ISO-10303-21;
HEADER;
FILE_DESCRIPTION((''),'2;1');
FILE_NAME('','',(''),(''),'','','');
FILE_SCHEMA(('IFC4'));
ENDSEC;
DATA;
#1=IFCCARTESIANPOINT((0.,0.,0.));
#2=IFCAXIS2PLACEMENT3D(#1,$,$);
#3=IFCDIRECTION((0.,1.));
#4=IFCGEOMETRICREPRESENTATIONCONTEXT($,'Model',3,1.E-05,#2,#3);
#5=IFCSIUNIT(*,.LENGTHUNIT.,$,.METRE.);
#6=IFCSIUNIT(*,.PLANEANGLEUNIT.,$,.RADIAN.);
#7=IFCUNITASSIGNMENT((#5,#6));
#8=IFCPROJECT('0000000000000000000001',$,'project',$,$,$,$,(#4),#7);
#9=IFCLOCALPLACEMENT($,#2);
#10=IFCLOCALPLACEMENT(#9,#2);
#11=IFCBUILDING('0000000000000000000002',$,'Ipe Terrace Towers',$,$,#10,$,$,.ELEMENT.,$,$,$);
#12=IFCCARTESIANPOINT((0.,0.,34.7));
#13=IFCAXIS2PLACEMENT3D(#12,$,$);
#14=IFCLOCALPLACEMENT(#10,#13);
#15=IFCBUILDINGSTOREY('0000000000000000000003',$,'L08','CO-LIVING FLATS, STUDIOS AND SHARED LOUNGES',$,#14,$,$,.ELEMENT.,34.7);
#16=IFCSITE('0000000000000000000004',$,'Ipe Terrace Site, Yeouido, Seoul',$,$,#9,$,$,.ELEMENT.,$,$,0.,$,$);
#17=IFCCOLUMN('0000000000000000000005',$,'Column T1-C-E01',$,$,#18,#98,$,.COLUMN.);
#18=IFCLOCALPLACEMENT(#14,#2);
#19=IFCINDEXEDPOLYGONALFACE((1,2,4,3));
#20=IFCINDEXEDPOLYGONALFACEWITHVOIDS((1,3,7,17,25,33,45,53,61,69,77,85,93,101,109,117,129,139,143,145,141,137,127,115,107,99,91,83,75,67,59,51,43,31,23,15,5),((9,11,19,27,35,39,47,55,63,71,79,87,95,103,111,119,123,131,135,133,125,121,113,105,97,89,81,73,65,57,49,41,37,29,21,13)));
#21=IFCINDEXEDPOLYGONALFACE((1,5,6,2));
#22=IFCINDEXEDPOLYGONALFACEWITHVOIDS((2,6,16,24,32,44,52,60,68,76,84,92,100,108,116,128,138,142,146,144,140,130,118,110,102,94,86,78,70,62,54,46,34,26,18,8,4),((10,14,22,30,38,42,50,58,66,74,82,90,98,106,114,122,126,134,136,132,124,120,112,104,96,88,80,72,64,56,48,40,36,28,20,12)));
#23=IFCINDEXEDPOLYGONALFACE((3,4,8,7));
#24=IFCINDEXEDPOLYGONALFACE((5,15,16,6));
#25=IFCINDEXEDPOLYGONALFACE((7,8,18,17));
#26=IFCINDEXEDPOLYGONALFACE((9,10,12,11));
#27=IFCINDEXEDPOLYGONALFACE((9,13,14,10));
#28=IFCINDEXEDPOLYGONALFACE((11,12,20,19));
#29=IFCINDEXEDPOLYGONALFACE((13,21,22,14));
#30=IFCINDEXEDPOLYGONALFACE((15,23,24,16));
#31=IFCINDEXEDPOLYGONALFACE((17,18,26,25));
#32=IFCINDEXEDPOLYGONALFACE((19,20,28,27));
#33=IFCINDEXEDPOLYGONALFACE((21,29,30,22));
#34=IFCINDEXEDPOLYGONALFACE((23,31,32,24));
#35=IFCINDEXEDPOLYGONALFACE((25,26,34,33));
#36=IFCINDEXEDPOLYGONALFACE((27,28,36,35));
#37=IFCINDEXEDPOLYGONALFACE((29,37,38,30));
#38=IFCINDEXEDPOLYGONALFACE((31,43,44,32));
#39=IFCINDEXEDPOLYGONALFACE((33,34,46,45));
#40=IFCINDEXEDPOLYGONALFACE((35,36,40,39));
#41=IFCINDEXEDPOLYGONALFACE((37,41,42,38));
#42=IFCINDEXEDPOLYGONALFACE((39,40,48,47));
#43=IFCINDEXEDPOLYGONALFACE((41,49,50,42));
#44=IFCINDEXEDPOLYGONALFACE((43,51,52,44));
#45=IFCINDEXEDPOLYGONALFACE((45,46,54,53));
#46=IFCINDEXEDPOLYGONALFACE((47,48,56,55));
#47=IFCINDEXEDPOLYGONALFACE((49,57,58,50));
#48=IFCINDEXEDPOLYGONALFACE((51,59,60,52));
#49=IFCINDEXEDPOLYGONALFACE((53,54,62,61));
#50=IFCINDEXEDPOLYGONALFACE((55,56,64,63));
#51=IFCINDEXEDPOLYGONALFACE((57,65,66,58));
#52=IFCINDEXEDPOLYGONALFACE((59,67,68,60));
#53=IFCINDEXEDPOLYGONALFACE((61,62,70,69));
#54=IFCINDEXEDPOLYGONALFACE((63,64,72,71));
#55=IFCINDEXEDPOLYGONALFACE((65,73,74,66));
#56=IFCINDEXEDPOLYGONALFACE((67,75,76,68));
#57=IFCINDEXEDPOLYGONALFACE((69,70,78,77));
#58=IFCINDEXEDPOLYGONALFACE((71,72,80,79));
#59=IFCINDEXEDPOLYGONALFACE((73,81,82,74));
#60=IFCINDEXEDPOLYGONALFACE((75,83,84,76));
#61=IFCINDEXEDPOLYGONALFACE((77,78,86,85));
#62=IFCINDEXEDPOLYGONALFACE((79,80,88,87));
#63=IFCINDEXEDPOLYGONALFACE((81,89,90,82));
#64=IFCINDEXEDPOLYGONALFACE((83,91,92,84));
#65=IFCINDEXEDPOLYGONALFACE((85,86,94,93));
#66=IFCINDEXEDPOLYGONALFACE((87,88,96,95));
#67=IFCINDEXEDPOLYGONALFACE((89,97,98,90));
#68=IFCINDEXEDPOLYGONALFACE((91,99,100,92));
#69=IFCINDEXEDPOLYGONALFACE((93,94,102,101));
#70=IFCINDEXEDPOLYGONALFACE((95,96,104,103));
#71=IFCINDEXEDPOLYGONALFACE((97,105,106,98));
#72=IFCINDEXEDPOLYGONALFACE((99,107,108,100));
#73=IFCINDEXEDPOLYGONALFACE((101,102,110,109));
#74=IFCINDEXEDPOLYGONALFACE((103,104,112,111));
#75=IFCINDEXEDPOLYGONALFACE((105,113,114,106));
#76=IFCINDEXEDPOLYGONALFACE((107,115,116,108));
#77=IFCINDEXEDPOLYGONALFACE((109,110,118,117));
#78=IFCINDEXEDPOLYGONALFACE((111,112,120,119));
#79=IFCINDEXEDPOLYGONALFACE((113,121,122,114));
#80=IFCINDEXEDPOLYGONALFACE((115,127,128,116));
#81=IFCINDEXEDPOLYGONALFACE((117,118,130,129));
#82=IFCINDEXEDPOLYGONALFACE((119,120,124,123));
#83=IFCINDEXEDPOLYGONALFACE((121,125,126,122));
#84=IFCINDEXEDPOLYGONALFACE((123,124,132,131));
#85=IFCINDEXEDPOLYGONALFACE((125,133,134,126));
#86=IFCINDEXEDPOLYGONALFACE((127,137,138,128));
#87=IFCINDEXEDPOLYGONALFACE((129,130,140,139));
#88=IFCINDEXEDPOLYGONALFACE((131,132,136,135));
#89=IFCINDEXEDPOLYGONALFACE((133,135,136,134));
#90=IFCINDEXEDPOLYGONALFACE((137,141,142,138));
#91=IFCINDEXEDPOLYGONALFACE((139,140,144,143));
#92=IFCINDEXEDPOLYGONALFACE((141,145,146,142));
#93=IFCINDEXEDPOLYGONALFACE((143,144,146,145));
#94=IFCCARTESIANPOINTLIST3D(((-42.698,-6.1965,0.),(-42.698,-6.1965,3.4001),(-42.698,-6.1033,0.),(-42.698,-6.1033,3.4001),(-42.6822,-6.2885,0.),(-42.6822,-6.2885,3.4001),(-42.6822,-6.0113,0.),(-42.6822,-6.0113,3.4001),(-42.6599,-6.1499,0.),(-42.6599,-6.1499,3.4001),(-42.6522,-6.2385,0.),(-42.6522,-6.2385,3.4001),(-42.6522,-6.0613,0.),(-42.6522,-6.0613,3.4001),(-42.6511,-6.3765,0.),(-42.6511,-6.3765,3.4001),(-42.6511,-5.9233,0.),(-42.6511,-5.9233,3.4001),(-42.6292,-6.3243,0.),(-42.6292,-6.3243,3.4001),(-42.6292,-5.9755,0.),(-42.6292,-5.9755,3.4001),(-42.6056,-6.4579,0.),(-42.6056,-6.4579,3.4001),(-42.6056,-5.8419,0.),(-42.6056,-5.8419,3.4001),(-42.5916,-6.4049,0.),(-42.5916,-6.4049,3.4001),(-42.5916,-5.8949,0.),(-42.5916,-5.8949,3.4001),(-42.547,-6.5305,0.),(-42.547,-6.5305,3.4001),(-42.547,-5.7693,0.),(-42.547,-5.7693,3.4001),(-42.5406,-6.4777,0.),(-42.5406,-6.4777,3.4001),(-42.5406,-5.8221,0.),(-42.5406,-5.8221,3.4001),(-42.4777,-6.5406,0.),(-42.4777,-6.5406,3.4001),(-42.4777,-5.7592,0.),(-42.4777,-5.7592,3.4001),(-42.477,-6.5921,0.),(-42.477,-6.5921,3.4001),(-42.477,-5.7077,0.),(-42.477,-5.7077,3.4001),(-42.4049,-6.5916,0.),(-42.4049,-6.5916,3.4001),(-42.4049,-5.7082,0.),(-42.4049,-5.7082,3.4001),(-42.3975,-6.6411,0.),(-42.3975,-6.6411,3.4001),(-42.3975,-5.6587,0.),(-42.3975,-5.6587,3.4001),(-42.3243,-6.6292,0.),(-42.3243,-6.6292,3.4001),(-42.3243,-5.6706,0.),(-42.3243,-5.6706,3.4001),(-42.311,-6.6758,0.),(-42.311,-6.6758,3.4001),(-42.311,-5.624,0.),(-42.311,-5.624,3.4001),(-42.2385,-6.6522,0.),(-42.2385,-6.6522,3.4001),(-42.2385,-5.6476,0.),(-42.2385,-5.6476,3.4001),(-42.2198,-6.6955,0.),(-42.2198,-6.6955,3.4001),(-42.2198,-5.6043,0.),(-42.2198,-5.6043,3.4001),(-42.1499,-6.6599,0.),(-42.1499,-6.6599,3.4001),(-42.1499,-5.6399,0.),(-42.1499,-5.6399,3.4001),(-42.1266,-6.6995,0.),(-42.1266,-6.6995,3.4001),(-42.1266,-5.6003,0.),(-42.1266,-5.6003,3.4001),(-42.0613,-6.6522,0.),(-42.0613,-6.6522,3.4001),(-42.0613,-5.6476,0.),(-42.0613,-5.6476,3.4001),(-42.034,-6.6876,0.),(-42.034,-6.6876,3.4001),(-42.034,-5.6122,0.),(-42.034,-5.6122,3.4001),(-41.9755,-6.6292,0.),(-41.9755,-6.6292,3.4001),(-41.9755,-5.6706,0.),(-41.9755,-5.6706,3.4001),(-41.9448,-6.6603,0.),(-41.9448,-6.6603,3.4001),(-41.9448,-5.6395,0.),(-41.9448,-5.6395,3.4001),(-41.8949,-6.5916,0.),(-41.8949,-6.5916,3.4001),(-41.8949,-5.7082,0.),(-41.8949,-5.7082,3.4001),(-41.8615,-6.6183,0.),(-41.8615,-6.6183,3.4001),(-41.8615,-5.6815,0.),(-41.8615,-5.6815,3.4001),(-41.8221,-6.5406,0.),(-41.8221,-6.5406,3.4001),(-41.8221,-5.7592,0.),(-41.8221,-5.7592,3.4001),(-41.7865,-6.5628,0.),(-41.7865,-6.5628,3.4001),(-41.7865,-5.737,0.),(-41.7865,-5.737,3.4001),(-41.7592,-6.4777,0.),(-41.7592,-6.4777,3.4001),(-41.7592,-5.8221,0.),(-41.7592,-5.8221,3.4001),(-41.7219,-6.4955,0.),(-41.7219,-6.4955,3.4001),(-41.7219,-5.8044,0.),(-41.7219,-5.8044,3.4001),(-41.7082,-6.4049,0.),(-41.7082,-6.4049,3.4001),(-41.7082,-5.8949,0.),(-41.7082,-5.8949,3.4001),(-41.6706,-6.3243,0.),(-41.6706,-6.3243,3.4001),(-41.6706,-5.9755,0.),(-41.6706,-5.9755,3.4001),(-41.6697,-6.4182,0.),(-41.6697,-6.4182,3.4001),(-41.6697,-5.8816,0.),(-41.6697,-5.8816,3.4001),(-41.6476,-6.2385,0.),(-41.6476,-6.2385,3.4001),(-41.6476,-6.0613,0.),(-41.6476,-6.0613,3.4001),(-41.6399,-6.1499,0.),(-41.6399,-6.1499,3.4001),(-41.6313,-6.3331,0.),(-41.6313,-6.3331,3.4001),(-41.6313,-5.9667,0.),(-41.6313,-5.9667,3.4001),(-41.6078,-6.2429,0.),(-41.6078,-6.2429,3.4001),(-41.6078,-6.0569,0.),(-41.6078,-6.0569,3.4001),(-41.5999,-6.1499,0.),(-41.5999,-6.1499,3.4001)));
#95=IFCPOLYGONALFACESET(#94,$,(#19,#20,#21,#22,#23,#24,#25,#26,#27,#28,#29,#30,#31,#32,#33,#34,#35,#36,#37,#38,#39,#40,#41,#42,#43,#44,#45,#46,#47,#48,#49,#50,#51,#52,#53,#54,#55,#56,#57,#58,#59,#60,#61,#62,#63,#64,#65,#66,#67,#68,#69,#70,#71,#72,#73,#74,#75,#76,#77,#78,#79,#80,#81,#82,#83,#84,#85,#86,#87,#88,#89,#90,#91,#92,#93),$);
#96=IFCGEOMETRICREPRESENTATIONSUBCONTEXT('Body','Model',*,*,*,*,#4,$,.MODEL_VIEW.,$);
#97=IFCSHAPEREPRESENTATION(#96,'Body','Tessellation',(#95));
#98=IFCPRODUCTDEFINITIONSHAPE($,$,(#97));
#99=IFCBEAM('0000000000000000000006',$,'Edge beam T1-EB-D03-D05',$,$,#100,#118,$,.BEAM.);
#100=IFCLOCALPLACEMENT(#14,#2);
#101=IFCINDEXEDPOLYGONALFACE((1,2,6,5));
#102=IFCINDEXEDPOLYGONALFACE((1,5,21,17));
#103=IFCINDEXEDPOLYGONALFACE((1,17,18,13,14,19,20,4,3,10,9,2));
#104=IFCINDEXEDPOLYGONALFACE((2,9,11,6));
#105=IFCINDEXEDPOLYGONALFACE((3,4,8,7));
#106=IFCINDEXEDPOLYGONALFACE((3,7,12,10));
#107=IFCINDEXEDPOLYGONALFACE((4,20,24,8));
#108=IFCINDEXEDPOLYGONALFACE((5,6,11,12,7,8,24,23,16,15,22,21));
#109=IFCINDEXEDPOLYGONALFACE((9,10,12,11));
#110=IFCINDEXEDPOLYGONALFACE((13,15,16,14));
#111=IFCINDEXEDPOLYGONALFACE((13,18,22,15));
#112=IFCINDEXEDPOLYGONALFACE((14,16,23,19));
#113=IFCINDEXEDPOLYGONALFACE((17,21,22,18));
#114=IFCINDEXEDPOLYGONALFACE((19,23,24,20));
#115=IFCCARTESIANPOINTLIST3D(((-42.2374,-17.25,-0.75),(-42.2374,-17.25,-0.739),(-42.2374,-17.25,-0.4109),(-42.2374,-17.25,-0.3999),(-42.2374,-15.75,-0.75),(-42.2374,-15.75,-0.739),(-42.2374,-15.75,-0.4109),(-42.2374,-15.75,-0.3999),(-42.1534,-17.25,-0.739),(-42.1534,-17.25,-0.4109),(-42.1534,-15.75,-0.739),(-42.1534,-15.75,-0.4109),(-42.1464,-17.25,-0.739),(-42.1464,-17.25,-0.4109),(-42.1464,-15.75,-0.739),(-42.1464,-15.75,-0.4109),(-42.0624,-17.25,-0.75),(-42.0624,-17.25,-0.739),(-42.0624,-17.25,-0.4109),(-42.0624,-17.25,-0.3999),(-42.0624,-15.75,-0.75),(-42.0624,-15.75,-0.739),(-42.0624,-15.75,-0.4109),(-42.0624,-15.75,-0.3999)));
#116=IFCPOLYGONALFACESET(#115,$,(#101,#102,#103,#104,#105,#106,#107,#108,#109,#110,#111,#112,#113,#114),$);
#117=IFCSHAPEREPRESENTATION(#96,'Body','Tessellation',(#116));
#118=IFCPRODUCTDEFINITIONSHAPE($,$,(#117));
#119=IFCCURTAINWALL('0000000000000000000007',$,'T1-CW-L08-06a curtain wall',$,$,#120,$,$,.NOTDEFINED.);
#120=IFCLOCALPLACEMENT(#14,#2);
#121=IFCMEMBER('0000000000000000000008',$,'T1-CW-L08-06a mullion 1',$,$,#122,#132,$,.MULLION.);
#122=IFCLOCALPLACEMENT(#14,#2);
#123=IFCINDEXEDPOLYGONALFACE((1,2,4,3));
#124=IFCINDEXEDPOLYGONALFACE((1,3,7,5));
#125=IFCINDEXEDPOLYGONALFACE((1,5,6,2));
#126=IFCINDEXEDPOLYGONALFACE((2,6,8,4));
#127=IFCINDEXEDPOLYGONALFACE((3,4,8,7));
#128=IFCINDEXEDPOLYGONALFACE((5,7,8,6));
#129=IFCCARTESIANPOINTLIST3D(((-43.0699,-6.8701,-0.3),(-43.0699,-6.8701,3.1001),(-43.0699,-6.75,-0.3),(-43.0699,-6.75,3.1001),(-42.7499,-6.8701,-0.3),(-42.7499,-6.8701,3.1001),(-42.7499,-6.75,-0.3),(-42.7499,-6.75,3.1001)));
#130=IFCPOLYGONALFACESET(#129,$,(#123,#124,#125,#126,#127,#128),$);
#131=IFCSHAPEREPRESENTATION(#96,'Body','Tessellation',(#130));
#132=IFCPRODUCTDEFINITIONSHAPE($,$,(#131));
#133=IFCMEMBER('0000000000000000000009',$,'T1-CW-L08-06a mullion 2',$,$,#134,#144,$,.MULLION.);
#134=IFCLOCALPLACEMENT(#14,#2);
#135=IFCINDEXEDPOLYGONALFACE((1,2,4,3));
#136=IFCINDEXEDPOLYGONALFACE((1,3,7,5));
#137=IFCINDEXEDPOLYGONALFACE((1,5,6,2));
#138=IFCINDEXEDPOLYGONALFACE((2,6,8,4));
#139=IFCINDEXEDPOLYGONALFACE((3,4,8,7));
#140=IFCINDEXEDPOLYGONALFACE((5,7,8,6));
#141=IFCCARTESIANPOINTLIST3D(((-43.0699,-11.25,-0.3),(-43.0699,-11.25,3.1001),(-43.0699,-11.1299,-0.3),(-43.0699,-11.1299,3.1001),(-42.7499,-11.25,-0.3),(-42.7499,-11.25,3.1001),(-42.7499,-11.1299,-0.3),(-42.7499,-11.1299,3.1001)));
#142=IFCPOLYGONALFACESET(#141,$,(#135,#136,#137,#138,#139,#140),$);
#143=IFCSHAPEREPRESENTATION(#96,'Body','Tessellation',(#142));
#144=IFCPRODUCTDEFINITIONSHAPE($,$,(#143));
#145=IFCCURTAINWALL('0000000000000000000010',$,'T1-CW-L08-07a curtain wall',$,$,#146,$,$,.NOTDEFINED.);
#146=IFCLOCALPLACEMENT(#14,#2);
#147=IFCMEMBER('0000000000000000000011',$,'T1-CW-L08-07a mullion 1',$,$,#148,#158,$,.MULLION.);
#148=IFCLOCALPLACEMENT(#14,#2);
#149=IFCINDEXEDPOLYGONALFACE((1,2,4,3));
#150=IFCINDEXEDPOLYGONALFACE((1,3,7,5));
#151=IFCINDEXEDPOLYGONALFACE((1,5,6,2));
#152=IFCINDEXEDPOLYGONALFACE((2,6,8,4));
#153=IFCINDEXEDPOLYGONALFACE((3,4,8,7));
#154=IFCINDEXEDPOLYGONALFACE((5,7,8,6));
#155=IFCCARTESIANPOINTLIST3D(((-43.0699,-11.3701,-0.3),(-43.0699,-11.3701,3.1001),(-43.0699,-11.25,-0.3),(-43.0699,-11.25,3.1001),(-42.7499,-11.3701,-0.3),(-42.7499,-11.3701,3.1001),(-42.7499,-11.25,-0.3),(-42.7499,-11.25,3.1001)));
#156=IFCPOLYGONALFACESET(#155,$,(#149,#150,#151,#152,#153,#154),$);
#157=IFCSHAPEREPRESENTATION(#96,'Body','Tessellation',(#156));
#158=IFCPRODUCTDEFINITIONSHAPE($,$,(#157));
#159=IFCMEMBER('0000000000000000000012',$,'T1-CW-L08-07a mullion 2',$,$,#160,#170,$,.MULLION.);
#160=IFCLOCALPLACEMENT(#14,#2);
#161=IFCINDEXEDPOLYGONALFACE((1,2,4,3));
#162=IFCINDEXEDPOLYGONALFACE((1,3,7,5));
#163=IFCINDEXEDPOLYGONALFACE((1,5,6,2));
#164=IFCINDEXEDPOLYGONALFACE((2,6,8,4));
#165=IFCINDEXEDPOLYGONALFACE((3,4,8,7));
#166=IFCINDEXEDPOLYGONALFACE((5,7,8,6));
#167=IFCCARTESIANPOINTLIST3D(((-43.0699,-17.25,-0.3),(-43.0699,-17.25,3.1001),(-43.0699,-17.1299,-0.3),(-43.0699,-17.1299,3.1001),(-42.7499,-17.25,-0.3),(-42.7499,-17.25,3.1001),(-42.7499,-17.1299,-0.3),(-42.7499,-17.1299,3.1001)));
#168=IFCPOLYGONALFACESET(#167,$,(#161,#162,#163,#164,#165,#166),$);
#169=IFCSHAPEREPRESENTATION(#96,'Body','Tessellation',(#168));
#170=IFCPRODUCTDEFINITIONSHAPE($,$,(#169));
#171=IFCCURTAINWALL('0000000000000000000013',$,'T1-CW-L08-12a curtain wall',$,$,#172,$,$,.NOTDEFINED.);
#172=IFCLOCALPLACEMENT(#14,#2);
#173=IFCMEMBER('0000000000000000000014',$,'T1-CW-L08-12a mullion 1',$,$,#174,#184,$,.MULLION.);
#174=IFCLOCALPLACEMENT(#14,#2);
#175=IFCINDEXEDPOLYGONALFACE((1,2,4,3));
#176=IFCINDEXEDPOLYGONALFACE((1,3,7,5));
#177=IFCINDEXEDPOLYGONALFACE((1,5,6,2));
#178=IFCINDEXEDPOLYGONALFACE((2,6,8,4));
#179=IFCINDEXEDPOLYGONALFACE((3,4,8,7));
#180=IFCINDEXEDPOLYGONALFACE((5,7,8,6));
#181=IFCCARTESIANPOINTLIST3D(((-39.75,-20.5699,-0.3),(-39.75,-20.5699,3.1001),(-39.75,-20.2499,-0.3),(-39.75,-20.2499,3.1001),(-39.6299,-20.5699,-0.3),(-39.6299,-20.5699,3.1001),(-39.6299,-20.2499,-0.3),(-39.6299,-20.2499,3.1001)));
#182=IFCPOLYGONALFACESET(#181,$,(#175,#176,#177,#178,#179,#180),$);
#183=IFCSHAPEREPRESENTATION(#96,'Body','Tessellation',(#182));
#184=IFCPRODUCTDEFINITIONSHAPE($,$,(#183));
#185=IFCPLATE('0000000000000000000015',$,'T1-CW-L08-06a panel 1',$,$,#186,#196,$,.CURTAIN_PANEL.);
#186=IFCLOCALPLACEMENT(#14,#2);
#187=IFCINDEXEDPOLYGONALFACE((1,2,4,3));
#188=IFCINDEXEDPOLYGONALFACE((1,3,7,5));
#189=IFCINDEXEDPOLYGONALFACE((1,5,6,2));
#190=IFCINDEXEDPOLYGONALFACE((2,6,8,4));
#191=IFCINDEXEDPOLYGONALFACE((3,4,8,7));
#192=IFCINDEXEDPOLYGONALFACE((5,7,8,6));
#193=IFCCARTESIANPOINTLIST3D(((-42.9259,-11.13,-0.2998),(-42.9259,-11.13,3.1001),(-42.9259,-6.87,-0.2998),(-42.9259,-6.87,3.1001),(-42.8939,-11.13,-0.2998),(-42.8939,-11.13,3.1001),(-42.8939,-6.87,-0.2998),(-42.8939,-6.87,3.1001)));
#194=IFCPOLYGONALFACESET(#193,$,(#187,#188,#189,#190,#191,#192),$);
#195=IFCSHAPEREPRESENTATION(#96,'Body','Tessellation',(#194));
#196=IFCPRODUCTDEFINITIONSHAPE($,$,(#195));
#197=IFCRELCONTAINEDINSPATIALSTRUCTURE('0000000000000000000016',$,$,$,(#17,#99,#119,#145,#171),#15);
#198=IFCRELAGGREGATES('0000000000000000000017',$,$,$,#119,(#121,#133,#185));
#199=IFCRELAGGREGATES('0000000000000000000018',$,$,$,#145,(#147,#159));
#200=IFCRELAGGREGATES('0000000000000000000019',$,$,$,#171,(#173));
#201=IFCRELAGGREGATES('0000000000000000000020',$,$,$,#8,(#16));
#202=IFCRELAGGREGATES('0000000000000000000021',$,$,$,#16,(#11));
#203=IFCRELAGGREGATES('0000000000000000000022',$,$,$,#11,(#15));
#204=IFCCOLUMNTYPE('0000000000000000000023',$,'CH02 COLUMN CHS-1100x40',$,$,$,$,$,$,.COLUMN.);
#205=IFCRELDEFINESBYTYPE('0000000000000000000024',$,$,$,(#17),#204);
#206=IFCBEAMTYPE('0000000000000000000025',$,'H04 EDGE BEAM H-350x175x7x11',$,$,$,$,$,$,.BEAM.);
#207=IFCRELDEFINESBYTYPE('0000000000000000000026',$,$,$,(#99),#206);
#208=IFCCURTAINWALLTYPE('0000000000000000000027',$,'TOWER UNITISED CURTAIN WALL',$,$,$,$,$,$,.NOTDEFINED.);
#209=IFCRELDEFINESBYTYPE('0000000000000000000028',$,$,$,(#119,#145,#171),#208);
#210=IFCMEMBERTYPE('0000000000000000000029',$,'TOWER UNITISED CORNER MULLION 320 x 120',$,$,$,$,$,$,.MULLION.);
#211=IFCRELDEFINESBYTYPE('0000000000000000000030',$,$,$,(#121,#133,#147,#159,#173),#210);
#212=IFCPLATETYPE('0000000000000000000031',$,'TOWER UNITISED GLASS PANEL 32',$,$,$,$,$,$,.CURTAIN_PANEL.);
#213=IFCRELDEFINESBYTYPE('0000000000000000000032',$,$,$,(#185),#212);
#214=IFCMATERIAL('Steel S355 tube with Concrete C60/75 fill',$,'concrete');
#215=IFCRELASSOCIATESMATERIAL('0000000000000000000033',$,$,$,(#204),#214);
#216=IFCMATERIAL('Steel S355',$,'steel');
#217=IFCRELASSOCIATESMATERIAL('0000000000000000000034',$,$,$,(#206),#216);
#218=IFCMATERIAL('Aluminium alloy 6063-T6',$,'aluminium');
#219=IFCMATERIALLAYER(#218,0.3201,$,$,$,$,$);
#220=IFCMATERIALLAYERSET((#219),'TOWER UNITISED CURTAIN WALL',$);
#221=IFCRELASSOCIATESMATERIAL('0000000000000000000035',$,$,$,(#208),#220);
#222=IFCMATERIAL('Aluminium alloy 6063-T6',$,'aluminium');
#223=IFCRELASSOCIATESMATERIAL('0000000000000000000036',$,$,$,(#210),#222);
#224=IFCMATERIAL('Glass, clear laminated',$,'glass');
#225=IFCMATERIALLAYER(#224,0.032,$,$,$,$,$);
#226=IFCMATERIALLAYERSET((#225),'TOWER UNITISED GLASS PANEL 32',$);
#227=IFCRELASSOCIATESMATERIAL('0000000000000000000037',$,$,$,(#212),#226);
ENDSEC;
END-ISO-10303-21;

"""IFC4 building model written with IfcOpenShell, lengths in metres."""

from ifc_helpers import new_model, si_unit, direction, frame, origin, origin_2d, place, context, subcontext, project, spatial, rectangle, hollow_circle, i_section, extrude, material, layer, layer_set, material_profile, profile_set, type_object, element, aggregate, save


model = new_model("IFC4")

# Units and contexts
model_context = context("Model", 3, precision=1e-05, world=origin(), true_north=direction((0.0, 1.0)))
body_context = subcontext(model_context, "Body", "Model", "MODEL_VIEW")
ifc_project = project(units=[si_unit("LENGTHUNIT", "METRE"), si_unit("PLANEANGLEUNIT", "RADIAN")], contexts=[model_context])

# Site, building, storey
site_placement = place(None, origin())
site = spatial("IfcSite", under=ifc_project, at=site_placement, Name="Ipe Terrace Site, Yeouido, Seoul", CompositionType="ELEMENT", RefElevation=0.0)
building_placement = place(site_placement, origin())
building = spatial("IfcBuilding", under=site, at=building_placement, Name="Ipe Terrace Towers", CompositionType="ELEMENT")
storey_placement = place(building_placement, frame((0.0, 0.0, 34.7)))
storey = spatial("IfcBuildingStorey", under=building, at=storey_placement, Name="L08", Description="CO-LIVING FLATS, STUDIOS AND SHARED LOUNGES", CompositionType="ELEMENT", Elevation=34.7)

# Column
ifc_material_1 = material(Name="Steel S355 tube with Concrete C60/75 fill", Category="concrete")
ifc_material_profile_1 = material_profile(ifc_material_1, hollow_circle(Radius=0.55, WallThickness=0.04, at=origin_2d()), Name="CHS-1100x40")
ifc_profile_set_1 = profile_set([ifc_material_profile_1], Name="Steel S355 tube with Concrete C60/75 fill")
column_type_1 = type_object("IfcColumnType", Name="CH02 COLUMN CHS-1100x40", PredefinedType="COLUMN", material=ifc_profile_set_1)
column_placement = place(storey_placement, frame((-42.1499, -6.1499, 0.0), z_axis=(0.0, 0.0, 1.0), x_axis=(1.0, 0.0, 0.0)))
element("IfcColumn", 1, at=column_placement, inside=storey, type_object=column_type_1, Name="Column T1-C-E01", PredefinedType="COLUMN", context=body_context, shape_type="SweptSolid", body=[
    extrude(hollow_circle(Radius=0.55, WallThickness=0.04, at=origin_2d()), origin(), (0.0, 0.0, 1.0), 3.4001),
])

# Beam
ifc_material_2 = material(Name="Steel S355", Category="steel")
ifc_material_profile_2 = material_profile(ifc_material_2, i_section(OverallWidth=0.175, OverallDepth=0.3501, WebThickness=0.0071, FlangeThickness=0.011, at=origin_2d()), Name="H-350x175x7x11")
ifc_profile_set_2 = profile_set([ifc_material_profile_2], Name="Steel S355")
beam_type = type_object("IfcBeamType", Name="H04 EDGE BEAM H-350x175x7x11", PredefinedType="BEAM", material=ifc_profile_set_2)
beam_placement = place(storey_placement, frame((-42.1499, -15.75, -0.575), z_axis=(0.0, -1.0, 0.0), x_axis=(1.0, 0.0, 0.0)))
element("IfcBeam", 2, at=beam_placement, inside=storey, type_object=beam_type, Name="Edge beam T1-EB-D03-D05", PredefinedType="BEAM", context=body_context, shape_type="SweptSolid", body=[
    extrude(i_section(OverallWidth=0.175, OverallDepth=0.3501, WebThickness=0.0071, FlangeThickness=0.011, at=origin_2d()), origin(), (0.0, 0.0, 1.0), 1.5),
])

# Curtain walls, members
ifc_material_3 = material(Name="Aluminium alloy 6063-T6", Category="aluminium")
ifc_layer_1 = layer(ifc_material_3, 0.3201)
ifc_layer_set_1 = layer_set([ifc_layer_1], Name="TOWER UNITISED CURTAIN WALL")
curtain_wall_type = type_object("IfcCurtainWallType", Name="TOWER UNITISED CURTAIN WALL", PredefinedType="NOTDEFINED", material=ifc_layer_set_1)
curtain_wall_1_placement = place(storey_placement, origin())
curtain_wall_1 = element("IfcCurtainWall", 3, at=curtain_wall_1_placement, inside=storey, type_object=curtain_wall_type, Name="T1-CW-L08-06a curtain wall", PredefinedType="NOTDEFINED")
ifc_material_4 = material(Name="Aluminium alloy 6063-T6", Category="aluminium")
ifc_material_profile_3 = material_profile(ifc_material_4, rectangle(XDim=0.3201, YDim=0.1201, at=origin_2d()), Name="TOWER UNITISED CORNER MULLION 320 x 120")
ifc_profile_set_3 = profile_set([ifc_material_profile_3], Name="Aluminium alloy 6063-T6")
member_type = type_object("IfcMemberType", Name="TOWER UNITISED CORNER MULLION 320 x 120", PredefinedType="MULLION", material=ifc_profile_set_3)
member_1_placement = place(storey_placement, frame((-42.9099, -6.8101, -0.3), z_axis=(0.0, 0.0, 1.0), x_axis=(-1.0, 0.0, 0.0)))
member_1 = element("IfcMember", 4, at=member_1_placement, type_object=member_type, Name="T1-CW-L08-06a mullion 1", PredefinedType="MULLION", context=body_context, shape_type="SweptSolid", body=[
    extrude(rectangle(XDim=0.3201, YDim=0.1201, at=origin_2d()), origin(), (0.0, 0.0, 1.0), 3.4001),
])
member_2_placement = place(storey_placement, frame((-42.9099, -11.1899, -0.3), z_axis=(0.0, 0.0, 1.0), x_axis=(-1.0, 0.0, 0.0)))
member_2 = element("IfcMember", 5, at=member_2_placement, type_object=member_type, Name="T1-CW-L08-06a mullion 2", PredefinedType="MULLION", context=body_context, shape_type="SweptSolid", body=[
    extrude(rectangle(XDim=0.3201, YDim=0.1201, at=origin_2d()), origin(), (0.0, 0.0, 1.0), 3.4001),
])
curtain_wall_2_placement = place(storey_placement, origin())
curtain_wall_2 = element("IfcCurtainWall", 6, at=curtain_wall_2_placement, inside=storey, type_object=curtain_wall_type, Name="T1-CW-L08-07a curtain wall", PredefinedType="NOTDEFINED")
member_3_placement = place(storey_placement, frame((-42.9099, -11.3101, -0.3), z_axis=(0.0, 0.0, 1.0), x_axis=(-1.0, 0.0, 0.0)))
member_3 = element("IfcMember", 7, at=member_3_placement, type_object=member_type, Name="T1-CW-L08-07a mullion 1", PredefinedType="MULLION", context=body_context, shape_type="SweptSolid", body=[
    extrude(rectangle(XDim=0.3201, YDim=0.1201, at=origin_2d()), origin(), (0.0, 0.0, 1.0), 3.4001),
])
member_4_placement = place(storey_placement, frame((-42.9099, -17.1899, -0.3), z_axis=(0.0, 0.0, 1.0), x_axis=(-1.0, 0.0, 0.0)))
member_4 = element("IfcMember", 8, at=member_4_placement, type_object=member_type, Name="T1-CW-L08-07a mullion 2", PredefinedType="MULLION", context=body_context, shape_type="SweptSolid", body=[
    extrude(rectangle(XDim=0.3201, YDim=0.1201, at=origin_2d()), origin(), (0.0, 0.0, 1.0), 3.4001),
])

# Curtain wall, member
curtain_wall_3_placement = place(storey_placement, origin())
curtain_wall_3 = element("IfcCurtainWall", 9, at=curtain_wall_3_placement, inside=storey, type_object=curtain_wall_type, Name="T1-CW-L08-12a curtain wall", PredefinedType="NOTDEFINED")
member_5_placement = place(storey_placement, frame((-39.6899, -20.4099, -0.3), z_axis=(0.0, 0.0, 1.0), x_axis=(0.0, -1.0, 0.0)))
member_5 = element("IfcMember", 10, at=member_5_placement, type_object=member_type, Name="T1-CW-L08-12a mullion 1", PredefinedType="MULLION", context=body_context, shape_type="SweptSolid", body=[
    extrude(rectangle(XDim=0.3201, YDim=0.1201, at=origin_2d()), origin(), (0.0, 0.0, 1.0), 3.4001),
])

# Plate
ifc_material_5 = material(Name="Glass, clear laminated", Category="glass")
ifc_layer_2 = layer(ifc_material_5, 0.032)
ifc_layer_set_2 = layer_set([ifc_layer_2], Name="TOWER UNITISED GLASS PANEL 32")
plate_type = type_object("IfcPlateType", Name="TOWER UNITISED GLASS PANEL 32", PredefinedType="CURTAIN_PANEL", material=ifc_layer_set_2)
plate_1_placement = place(storey_placement, frame((-42.9099, -9.0, -0.2998), z_axis=(0.0, 0.0, 1.0), x_axis=(0.0, -1.0, 0.0)))
plate_1 = element("IfcPlate", 11, at=plate_1_placement, type_object=plate_type, Name="T1-CW-L08-06a panel 1", PredefinedType="CURTAIN_PANEL", context=body_context, shape_type="SweptSolid", body=[
    extrude(rectangle(XDim=4.26, YDim=0.032, at=origin_2d()), origin(), (0.0, 0.0, 1.0), 3.3999),
])
aggregate(curtain_wall_1, [member_1, member_2, plate_1])
aggregate(curtain_wall_2, [member_3, member_4])
aggregate(curtain_wall_3, [member_5])

save(model, "model.ifc")
